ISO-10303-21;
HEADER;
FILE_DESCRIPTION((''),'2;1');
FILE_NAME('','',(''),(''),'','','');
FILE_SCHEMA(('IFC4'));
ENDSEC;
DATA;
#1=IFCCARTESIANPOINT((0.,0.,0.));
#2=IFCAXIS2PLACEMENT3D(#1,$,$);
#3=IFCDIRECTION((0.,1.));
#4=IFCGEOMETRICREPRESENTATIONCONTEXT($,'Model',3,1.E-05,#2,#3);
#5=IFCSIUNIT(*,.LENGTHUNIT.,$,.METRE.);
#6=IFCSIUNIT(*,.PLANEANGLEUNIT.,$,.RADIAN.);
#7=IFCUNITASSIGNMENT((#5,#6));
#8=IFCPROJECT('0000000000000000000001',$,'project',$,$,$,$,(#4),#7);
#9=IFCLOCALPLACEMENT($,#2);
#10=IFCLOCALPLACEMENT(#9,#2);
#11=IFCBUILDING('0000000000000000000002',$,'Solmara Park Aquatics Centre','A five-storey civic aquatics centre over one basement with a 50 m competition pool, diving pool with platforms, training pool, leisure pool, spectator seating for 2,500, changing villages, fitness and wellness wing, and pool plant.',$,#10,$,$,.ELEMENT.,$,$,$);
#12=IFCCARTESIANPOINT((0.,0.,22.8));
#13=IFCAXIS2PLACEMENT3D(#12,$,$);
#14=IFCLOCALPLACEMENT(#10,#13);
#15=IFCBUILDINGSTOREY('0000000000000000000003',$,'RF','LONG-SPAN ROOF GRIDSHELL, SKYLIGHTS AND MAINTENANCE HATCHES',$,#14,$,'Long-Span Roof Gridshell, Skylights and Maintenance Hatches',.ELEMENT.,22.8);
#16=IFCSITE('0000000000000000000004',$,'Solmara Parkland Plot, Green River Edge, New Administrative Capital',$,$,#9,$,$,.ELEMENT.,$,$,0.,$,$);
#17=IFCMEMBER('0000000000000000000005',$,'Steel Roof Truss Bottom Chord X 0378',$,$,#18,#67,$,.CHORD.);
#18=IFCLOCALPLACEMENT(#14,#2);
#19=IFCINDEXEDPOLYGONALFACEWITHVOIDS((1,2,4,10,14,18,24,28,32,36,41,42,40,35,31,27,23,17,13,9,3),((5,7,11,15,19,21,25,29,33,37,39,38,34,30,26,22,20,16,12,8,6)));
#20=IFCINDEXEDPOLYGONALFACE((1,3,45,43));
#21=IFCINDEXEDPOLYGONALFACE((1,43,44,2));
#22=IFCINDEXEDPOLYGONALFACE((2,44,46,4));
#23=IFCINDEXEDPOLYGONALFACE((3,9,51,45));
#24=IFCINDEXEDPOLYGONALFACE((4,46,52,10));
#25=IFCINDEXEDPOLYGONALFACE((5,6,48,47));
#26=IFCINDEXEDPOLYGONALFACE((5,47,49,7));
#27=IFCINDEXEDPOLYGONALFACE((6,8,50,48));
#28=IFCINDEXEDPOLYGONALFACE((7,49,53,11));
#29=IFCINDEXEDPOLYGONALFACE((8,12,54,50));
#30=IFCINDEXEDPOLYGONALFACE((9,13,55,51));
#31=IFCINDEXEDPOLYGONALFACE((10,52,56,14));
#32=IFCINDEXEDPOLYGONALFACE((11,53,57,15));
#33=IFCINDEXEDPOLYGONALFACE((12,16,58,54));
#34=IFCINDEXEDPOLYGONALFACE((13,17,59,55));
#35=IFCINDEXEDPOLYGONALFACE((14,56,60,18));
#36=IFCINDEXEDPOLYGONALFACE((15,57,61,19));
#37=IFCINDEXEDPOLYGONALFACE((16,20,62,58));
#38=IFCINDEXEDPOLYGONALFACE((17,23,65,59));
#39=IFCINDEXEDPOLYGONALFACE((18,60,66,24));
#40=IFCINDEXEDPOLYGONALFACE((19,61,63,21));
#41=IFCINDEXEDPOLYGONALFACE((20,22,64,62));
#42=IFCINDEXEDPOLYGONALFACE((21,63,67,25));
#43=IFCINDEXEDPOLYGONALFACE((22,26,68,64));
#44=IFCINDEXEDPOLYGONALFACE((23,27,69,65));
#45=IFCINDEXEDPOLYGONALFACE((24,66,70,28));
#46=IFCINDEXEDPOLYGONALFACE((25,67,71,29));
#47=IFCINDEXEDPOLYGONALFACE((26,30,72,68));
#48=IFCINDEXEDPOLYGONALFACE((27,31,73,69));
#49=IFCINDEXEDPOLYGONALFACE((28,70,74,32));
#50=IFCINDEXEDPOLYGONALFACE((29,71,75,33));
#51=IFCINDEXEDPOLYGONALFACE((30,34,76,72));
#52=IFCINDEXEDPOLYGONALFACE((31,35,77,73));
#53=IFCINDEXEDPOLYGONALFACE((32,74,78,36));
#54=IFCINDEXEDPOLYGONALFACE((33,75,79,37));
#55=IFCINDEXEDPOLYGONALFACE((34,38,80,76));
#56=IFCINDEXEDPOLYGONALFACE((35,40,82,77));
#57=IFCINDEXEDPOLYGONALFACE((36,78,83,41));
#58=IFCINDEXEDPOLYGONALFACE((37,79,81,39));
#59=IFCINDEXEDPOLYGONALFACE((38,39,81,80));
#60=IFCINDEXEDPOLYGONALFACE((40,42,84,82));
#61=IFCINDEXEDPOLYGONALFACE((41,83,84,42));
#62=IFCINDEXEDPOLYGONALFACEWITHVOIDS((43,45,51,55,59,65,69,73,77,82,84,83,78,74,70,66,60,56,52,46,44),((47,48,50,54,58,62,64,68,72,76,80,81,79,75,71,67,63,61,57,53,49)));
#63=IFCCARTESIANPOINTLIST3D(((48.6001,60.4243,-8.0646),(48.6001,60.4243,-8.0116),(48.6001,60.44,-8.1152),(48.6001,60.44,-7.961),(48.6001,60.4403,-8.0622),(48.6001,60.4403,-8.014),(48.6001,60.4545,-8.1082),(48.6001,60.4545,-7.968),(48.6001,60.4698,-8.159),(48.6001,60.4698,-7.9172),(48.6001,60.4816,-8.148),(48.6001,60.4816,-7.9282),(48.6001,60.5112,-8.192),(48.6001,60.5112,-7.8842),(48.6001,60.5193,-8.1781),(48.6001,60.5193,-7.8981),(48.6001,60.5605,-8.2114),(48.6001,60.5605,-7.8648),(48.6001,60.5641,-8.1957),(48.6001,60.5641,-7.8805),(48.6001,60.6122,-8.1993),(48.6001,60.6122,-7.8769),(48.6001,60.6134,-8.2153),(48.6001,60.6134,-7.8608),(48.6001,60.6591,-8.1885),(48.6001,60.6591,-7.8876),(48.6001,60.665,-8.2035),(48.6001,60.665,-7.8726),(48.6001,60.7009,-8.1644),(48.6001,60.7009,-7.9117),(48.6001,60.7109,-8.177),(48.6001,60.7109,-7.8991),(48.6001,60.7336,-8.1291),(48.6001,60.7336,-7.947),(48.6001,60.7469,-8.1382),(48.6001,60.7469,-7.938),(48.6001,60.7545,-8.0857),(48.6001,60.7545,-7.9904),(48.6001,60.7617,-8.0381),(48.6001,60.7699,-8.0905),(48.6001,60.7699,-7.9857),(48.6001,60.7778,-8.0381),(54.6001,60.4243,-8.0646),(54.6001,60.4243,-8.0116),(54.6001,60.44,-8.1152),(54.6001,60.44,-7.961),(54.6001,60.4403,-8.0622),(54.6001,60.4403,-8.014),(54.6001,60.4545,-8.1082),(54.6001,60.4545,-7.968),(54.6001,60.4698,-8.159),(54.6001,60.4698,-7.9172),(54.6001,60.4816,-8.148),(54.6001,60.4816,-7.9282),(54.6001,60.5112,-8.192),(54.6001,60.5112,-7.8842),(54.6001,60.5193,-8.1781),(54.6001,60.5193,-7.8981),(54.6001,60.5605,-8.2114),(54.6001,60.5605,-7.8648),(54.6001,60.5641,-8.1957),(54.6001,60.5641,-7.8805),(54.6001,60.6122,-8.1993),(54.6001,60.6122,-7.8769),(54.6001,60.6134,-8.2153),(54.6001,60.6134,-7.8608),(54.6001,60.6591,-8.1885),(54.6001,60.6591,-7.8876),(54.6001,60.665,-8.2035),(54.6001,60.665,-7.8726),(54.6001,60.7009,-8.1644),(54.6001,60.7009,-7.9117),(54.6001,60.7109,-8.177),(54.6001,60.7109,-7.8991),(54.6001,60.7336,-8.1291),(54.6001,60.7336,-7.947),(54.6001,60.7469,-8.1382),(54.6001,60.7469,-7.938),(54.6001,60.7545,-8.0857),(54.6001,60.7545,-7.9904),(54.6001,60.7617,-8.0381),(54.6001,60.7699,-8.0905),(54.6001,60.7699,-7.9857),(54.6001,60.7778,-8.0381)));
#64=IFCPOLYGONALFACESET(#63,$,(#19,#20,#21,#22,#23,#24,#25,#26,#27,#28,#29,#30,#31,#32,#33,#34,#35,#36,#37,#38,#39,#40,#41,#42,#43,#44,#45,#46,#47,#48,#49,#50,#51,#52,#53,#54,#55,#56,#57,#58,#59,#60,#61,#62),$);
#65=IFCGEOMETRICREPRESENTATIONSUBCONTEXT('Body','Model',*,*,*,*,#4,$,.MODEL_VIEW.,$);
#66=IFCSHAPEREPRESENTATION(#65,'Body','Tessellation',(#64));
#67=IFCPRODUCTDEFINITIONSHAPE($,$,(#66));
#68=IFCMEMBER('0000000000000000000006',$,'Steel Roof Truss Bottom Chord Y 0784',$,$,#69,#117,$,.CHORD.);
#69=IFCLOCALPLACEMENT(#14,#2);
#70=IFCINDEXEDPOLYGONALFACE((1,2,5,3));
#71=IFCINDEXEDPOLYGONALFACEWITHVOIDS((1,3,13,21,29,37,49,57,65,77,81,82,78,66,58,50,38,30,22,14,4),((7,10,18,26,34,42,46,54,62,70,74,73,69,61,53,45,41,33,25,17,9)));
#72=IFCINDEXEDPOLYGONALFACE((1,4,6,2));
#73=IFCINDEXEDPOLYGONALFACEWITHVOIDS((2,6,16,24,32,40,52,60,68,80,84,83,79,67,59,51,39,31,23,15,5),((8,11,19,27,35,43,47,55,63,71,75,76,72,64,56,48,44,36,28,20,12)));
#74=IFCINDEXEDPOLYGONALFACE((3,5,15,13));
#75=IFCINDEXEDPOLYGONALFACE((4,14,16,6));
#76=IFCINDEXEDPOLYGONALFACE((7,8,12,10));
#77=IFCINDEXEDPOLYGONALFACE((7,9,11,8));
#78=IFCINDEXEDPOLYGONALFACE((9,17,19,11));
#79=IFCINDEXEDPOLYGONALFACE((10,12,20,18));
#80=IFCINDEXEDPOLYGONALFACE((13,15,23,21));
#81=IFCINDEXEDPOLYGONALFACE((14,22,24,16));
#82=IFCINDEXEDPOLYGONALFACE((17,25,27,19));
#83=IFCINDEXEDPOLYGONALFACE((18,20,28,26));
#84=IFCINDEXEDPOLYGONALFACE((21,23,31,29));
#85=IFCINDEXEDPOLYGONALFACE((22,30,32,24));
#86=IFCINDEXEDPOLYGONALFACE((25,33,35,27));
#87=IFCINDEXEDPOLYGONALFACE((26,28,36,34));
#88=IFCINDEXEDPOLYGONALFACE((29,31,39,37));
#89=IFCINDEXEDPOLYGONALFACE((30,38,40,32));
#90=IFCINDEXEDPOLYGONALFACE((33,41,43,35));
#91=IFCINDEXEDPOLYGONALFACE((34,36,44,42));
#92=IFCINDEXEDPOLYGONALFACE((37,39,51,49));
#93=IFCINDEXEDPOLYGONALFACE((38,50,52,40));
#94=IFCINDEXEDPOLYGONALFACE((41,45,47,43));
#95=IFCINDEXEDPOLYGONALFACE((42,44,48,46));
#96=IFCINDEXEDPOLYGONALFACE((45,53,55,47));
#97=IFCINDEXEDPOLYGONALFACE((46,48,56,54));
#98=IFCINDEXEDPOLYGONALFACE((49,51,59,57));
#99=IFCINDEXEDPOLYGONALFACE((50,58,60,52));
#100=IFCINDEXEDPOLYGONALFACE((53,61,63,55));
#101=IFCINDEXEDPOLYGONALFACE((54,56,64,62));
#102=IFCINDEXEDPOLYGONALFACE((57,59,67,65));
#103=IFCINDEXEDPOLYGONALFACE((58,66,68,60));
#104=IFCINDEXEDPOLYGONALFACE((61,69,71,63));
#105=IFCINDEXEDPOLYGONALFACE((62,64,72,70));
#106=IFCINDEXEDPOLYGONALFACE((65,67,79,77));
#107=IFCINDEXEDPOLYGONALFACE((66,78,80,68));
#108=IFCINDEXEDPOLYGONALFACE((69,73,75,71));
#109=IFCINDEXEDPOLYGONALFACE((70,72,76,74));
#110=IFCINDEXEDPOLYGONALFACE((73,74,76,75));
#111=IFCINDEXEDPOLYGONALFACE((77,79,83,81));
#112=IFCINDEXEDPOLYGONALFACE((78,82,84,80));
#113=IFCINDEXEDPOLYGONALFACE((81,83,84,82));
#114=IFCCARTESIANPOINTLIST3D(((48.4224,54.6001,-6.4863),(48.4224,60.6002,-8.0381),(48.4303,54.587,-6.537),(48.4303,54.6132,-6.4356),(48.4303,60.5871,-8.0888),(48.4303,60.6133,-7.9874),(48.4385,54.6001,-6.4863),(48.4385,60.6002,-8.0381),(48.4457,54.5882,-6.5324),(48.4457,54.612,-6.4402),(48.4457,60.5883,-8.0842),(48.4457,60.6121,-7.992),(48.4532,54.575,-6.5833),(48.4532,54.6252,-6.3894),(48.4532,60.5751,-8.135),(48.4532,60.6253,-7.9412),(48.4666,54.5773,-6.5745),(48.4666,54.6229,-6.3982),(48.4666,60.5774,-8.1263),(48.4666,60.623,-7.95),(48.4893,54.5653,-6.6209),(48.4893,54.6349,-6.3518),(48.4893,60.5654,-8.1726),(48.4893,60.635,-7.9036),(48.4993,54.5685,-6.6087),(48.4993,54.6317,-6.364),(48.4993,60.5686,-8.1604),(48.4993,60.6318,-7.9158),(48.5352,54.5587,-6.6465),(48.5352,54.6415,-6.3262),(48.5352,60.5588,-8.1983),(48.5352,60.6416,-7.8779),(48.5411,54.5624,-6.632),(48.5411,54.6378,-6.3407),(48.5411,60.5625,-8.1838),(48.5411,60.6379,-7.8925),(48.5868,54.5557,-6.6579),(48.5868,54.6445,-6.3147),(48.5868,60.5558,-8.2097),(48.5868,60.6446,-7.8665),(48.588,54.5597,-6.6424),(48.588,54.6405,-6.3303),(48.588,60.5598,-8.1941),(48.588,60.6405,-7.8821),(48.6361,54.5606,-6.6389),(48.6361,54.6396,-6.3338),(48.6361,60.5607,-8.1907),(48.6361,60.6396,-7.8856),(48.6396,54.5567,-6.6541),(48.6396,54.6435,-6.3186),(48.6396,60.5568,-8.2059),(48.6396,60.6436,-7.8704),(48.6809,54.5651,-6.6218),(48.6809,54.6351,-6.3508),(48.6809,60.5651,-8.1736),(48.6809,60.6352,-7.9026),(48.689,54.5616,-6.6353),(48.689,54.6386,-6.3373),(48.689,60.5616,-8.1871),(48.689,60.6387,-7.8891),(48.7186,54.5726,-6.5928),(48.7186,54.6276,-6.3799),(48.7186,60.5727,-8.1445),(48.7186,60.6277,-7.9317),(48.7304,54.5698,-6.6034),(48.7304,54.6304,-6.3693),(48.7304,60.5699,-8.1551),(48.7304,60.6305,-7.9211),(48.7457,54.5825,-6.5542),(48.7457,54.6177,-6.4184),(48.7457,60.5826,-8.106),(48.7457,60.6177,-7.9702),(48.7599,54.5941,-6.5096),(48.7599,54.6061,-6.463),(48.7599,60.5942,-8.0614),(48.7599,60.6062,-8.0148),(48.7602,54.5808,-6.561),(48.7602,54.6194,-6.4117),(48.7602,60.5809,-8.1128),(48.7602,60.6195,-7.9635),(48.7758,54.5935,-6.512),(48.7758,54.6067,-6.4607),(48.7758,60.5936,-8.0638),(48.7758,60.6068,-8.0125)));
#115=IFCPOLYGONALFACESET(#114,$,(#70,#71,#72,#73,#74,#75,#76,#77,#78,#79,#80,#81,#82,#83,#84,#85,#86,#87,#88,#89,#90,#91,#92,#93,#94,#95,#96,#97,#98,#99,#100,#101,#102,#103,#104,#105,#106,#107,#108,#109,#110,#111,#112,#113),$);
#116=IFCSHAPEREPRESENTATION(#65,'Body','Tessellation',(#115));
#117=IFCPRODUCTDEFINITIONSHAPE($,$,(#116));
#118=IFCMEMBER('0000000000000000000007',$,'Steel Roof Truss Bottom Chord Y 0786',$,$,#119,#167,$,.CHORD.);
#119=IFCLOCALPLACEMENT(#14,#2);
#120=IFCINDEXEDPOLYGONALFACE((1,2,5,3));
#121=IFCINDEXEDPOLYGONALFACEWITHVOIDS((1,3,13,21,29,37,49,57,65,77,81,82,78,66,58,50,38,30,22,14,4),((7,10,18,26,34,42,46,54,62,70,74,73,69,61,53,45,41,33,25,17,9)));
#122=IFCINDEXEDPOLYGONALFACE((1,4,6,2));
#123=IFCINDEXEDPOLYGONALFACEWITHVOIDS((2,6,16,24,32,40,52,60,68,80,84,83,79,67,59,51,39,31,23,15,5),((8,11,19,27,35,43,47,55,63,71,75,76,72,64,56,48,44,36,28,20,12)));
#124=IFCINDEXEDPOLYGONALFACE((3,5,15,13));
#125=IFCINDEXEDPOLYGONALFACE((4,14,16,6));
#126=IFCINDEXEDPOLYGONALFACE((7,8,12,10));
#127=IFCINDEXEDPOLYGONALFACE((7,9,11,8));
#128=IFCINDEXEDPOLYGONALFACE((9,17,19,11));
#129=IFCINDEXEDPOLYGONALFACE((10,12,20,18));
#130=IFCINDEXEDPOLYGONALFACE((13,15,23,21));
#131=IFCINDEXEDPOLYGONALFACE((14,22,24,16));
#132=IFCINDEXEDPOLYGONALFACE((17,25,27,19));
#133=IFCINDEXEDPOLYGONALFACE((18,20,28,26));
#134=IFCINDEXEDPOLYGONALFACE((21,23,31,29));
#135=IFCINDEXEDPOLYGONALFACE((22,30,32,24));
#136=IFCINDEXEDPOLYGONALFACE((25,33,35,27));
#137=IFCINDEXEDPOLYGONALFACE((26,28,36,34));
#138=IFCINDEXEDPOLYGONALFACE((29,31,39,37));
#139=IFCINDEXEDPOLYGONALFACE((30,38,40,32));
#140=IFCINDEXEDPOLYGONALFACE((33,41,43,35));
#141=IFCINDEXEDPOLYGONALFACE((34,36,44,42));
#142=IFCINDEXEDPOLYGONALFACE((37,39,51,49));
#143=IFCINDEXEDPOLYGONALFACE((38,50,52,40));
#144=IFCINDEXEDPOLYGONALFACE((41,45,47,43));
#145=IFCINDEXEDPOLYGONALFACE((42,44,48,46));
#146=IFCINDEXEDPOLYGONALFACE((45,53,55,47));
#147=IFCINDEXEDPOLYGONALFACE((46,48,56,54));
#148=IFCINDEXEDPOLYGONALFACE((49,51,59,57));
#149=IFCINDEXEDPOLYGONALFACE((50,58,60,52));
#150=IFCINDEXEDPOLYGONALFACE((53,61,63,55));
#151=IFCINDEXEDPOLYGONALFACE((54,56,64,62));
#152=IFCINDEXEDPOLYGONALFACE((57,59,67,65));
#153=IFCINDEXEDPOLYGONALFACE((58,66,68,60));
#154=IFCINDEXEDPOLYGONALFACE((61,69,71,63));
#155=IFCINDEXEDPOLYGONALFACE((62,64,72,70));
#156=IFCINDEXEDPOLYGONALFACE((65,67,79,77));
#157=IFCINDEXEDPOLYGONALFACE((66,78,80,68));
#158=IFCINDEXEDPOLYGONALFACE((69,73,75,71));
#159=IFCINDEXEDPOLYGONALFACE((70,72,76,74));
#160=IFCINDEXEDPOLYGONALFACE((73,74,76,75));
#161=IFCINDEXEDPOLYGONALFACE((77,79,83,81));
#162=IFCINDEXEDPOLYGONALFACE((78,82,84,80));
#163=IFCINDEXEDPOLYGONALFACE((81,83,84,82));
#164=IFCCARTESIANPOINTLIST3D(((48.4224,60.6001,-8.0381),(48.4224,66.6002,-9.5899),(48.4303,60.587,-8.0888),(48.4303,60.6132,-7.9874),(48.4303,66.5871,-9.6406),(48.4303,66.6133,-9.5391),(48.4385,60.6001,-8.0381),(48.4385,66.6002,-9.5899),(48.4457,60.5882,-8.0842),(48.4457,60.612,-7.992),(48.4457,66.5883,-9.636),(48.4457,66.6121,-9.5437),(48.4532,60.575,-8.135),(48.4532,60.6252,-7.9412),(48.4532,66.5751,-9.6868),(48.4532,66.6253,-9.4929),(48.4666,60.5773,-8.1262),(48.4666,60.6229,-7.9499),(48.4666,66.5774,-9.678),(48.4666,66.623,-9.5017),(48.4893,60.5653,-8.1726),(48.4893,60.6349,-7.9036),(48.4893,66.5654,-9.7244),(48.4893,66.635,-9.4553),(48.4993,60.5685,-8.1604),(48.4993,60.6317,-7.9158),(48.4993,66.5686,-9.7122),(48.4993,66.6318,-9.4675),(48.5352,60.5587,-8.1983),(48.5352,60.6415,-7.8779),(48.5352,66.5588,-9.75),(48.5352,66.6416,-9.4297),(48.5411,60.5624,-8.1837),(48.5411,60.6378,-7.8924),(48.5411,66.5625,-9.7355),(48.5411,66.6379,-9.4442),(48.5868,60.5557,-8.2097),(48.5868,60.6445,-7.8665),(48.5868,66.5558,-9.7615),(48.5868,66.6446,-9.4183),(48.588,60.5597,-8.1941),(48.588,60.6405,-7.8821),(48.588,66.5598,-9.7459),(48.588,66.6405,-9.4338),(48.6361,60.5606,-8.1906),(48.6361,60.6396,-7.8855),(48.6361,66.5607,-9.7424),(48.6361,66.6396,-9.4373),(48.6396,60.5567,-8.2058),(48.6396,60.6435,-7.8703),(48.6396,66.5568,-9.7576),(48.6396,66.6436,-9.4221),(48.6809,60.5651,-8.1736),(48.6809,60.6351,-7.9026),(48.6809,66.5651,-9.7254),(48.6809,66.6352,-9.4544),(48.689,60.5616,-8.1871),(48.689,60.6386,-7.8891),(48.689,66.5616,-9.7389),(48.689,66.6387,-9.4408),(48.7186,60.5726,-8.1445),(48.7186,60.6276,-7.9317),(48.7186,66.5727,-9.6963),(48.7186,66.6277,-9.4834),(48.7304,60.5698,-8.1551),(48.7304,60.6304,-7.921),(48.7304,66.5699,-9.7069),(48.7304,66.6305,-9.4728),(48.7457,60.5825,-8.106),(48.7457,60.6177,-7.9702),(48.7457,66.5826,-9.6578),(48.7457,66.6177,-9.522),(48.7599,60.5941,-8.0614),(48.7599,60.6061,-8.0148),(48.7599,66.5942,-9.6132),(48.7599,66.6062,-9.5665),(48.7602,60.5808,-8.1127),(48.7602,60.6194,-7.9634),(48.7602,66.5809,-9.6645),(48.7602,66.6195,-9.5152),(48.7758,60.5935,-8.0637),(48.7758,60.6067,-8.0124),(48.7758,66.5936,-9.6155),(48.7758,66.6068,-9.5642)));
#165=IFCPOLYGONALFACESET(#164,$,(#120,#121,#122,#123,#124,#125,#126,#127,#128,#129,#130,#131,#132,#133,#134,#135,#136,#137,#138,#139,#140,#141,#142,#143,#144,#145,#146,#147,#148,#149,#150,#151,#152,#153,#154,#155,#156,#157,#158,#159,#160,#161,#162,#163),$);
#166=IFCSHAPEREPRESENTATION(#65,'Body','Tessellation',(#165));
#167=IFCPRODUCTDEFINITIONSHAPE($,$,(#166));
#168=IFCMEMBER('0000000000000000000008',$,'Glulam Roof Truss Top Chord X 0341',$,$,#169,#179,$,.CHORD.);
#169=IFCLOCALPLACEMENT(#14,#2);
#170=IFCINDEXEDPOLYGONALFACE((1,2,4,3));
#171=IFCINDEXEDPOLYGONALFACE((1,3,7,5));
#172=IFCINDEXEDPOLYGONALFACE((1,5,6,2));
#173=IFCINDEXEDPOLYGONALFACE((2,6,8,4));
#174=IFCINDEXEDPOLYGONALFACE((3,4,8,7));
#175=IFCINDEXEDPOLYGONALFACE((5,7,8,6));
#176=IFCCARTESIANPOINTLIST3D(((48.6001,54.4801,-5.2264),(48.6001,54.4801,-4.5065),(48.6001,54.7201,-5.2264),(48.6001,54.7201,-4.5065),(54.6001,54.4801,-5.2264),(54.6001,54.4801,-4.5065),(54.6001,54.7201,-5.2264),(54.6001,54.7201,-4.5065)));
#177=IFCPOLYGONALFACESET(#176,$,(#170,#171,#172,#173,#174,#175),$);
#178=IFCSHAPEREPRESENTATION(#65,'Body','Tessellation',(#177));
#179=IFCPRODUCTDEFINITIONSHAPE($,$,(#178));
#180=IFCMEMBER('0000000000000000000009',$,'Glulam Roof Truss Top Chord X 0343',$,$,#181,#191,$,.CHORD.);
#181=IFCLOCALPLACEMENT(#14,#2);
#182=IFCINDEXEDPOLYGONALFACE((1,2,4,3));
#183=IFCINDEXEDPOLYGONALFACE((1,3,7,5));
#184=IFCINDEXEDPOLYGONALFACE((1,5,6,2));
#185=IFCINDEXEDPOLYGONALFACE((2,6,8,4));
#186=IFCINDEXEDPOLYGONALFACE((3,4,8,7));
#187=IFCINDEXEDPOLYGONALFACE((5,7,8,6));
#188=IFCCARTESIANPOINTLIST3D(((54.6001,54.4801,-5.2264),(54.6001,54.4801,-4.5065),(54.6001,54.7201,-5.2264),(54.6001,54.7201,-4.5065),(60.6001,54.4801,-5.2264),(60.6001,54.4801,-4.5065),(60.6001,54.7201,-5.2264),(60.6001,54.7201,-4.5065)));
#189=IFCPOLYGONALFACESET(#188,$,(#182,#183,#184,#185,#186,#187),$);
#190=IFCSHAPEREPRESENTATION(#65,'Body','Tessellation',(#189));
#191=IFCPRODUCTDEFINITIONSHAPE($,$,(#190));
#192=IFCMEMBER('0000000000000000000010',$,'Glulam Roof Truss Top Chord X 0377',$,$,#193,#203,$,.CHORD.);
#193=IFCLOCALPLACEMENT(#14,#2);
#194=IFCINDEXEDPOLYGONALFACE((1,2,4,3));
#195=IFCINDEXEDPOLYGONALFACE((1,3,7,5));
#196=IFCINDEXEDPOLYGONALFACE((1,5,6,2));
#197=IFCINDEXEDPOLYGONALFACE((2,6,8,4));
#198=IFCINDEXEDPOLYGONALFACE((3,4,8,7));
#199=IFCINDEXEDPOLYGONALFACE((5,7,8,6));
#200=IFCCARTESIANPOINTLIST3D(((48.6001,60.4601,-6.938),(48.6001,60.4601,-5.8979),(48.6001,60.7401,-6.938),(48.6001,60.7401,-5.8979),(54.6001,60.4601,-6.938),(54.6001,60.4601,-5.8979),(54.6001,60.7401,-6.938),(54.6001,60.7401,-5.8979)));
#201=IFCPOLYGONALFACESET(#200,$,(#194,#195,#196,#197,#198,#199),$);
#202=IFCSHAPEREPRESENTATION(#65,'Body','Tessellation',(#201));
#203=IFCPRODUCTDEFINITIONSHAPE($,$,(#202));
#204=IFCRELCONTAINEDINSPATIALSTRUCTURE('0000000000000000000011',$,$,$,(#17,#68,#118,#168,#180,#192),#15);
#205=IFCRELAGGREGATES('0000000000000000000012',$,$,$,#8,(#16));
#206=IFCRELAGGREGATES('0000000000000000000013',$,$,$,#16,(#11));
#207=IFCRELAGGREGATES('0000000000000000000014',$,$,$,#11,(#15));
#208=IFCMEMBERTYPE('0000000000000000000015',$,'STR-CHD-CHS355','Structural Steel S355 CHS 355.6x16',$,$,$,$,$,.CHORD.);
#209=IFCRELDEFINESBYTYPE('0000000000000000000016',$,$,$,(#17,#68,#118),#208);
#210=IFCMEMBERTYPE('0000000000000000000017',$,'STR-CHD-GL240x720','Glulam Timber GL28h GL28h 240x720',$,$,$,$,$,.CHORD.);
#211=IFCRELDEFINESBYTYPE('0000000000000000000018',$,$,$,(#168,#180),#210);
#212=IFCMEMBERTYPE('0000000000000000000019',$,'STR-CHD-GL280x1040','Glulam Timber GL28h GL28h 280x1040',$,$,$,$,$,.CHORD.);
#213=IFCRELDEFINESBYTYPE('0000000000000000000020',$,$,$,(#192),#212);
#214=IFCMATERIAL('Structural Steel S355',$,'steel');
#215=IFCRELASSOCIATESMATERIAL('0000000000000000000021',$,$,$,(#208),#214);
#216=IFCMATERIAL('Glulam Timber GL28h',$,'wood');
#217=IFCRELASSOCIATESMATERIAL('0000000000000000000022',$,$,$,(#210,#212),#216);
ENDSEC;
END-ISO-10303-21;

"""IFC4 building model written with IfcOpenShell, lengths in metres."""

from ifc_helpers import new_model, si_unit, direction, frame, origin, origin_2d, place, context, subcontext, project, spatial, rectangle, hollow_circle, extrude, material, material_profile, profile_set, type_object, element, save


model = new_model("IFC4")

# Units and contexts
model_context = context("Model", 3, precision=1e-05, world=origin(), true_north=direction((0.0, 1.0)))
body_context = subcontext(model_context, "Body", "Model", "MODEL_VIEW")
ifc_project = project(units=[si_unit("LENGTHUNIT", "METRE"), si_unit("PLANEANGLEUNIT", "RADIAN")], contexts=[model_context])

# Site, building, storey
site_placement = place(None, origin())
site = spatial("IfcSite", under=ifc_project, at=site_placement, Name="Solmara Parkland Plot, Green River Edge, New Administrative Capital", CompositionType="ELEMENT", RefElevation=0.0)
building_placement = place(site_placement, origin())
building = spatial("IfcBuilding", under=site, at=building_placement, Name="Solmara Park Aquatics Centre", Description="A five-storey civic aquatics centre over one basement with a 50 m competition pool, diving pool with platforms, training pool, leisure pool, spectator seating for 2,500, changing villages, fitness and wellness wing, and pool plant.", CompositionType="ELEMENT")
storey_placement = place(building_placement, frame((0.0, 0.0, 22.8)))
storey = spatial("IfcBuildingStorey", under=building, at=storey_placement, Name="RF", Description="LONG-SPAN ROOF GRIDSHELL, SKYLIGHTS AND MAINTENANCE HATCHES", LongName="Long-Span Roof Gridshell, Skylights and Maintenance Hatches", CompositionType="ELEMENT", Elevation=22.8)

# Members
ifc_material_1 = material(Name="Structural Steel S355", Category="steel")
ifc_material_profile_1 = material_profile(ifc_material_1, hollow_circle(Radius=0.1777, WallThickness=0.0161, at=origin_2d()), Name="CHS 355.6x16")
ifc_profile_set_1 = profile_set([ifc_material_profile_1], Name="Structural Steel S355")
member_type_1 = type_object("IfcMemberType", Name="STR-CHD-CHS355", Description="Structural Steel S355 CHS 355.6x16", PredefinedType="CHORD", material=ifc_profile_set_1)
member_1_placement = place(storey_placement, frame((48.6001, 60.6001, -8.0381), z_axis=(1.0, 0.0, 0.0), x_axis=(0.0, 1.0, 0.0)))
element("IfcMember", 1, at=member_1_placement, inside=storey, type_object=member_type_1, Name="Steel Roof Truss Bottom Chord X 0378", PredefinedType="CHORD", context=body_context, shape_type="SweptSolid", body=[
    extrude(hollow_circle(Radius=0.1777, WallThickness=0.0161, at=origin_2d()), origin(), (0.0, 0.0, 1.0), 6.0),
])
for number, where, z_axis, x_axis, name in (
    (2, (48.6001, 54.6001, -6.4863), (0.0, 0.968146, -0.250388), (-1.0, 0.0, 0.0), "Steel Roof Truss Bottom Chord Y 0784"),
    (3, (48.6001, 60.6001, -8.0381), (0.0, 0.968146, -0.250388), (-1.0, 0.0, 0.0), "Steel Roof Truss Bottom Chord Y 0786"),
):
    element("IfcMember", number, at=place(storey_placement, frame(where, z_axis=z_axis, x_axis=x_axis)), inside=storey, type_object=member_type_1, Name=name, PredefinedType="CHORD", context=body_context, shape_type="SweptSolid", body=[
        extrude(hollow_circle(Radius=0.1777, WallThickness=0.0161, at=origin_2d()), origin(), (0.0, 0.0, 1.0), 6.1975),
    ])
ifc_material_2 = material(Name="Glulam Timber GL28h", Category="wood")
ifc_material_profile_2 = material_profile(ifc_material_2, rectangle(XDim=0.24, YDim=0.72, at=origin_2d()), Name="GL28h 240x720")
ifc_profile_set_2 = profile_set([ifc_material_profile_2], Name="Glulam Timber GL28h")
member_type_2 = type_object("IfcMemberType", Name="STR-CHD-GL240x720", Description="Glulam Timber GL28h GL28h 240x720", PredefinedType="CHORD", material=ifc_profile_set_2)
for number, where, z_axis, x_axis, name in (
    (4, (48.6001, 54.6001, -4.8665), (1.0, 0.0, 0.0), (0.0, 1.0, 0.0), "Glulam Roof Truss Top Chord X 0341"),
    (5, (54.6001, 54.6001, -4.8665), (1.0, 0.0, 0.0), (0.0, 1.0, 0.0), "Glulam Roof Truss Top Chord X 0343"),
):
    element("IfcMember", number, at=place(storey_placement, frame(where, z_axis=z_axis, x_axis=x_axis)), inside=storey, type_object=member_type_2, Name=name, PredefinedType="CHORD", context=body_context, shape_type="SweptSolid", body=[
        extrude(rectangle(XDim=0.24, YDim=0.72, at=origin_2d()), origin(), (0.0, 0.0, 1.0), 6.0),
    ])
ifc_material_profile_3 = material_profile(ifc_material_2, rectangle(XDim=0.28, YDim=1.04, at=origin_2d()), Name="GL28h 280x1040")
ifc_profile_set_3 = profile_set([ifc_material_profile_3], Name="Glulam Timber GL28h")
member_type_3 = type_object("IfcMemberType", Name="STR-CHD-GL280x1040", Description="Glulam Timber GL28h GL28h 280x1040", PredefinedType="CHORD", material=ifc_profile_set_3)
member_2_placement = place(storey_placement, frame((48.6001, 60.6001, -6.418), z_axis=(1.0, 0.0, 0.0), x_axis=(0.0, 1.0, 0.0)))
element("IfcMember", 6, at=member_2_placement, inside=storey, type_object=member_type_3, Name="Glulam Roof Truss Top Chord X 0377", PredefinedType="CHORD", context=body_context, shape_type="SweptSolid", body=[
    extrude(rectangle(XDim=0.28, YDim=1.04, at=origin_2d()), origin(), (0.0, 0.0, 1.0), 6.0),
])

save(model, "model.ifc")
